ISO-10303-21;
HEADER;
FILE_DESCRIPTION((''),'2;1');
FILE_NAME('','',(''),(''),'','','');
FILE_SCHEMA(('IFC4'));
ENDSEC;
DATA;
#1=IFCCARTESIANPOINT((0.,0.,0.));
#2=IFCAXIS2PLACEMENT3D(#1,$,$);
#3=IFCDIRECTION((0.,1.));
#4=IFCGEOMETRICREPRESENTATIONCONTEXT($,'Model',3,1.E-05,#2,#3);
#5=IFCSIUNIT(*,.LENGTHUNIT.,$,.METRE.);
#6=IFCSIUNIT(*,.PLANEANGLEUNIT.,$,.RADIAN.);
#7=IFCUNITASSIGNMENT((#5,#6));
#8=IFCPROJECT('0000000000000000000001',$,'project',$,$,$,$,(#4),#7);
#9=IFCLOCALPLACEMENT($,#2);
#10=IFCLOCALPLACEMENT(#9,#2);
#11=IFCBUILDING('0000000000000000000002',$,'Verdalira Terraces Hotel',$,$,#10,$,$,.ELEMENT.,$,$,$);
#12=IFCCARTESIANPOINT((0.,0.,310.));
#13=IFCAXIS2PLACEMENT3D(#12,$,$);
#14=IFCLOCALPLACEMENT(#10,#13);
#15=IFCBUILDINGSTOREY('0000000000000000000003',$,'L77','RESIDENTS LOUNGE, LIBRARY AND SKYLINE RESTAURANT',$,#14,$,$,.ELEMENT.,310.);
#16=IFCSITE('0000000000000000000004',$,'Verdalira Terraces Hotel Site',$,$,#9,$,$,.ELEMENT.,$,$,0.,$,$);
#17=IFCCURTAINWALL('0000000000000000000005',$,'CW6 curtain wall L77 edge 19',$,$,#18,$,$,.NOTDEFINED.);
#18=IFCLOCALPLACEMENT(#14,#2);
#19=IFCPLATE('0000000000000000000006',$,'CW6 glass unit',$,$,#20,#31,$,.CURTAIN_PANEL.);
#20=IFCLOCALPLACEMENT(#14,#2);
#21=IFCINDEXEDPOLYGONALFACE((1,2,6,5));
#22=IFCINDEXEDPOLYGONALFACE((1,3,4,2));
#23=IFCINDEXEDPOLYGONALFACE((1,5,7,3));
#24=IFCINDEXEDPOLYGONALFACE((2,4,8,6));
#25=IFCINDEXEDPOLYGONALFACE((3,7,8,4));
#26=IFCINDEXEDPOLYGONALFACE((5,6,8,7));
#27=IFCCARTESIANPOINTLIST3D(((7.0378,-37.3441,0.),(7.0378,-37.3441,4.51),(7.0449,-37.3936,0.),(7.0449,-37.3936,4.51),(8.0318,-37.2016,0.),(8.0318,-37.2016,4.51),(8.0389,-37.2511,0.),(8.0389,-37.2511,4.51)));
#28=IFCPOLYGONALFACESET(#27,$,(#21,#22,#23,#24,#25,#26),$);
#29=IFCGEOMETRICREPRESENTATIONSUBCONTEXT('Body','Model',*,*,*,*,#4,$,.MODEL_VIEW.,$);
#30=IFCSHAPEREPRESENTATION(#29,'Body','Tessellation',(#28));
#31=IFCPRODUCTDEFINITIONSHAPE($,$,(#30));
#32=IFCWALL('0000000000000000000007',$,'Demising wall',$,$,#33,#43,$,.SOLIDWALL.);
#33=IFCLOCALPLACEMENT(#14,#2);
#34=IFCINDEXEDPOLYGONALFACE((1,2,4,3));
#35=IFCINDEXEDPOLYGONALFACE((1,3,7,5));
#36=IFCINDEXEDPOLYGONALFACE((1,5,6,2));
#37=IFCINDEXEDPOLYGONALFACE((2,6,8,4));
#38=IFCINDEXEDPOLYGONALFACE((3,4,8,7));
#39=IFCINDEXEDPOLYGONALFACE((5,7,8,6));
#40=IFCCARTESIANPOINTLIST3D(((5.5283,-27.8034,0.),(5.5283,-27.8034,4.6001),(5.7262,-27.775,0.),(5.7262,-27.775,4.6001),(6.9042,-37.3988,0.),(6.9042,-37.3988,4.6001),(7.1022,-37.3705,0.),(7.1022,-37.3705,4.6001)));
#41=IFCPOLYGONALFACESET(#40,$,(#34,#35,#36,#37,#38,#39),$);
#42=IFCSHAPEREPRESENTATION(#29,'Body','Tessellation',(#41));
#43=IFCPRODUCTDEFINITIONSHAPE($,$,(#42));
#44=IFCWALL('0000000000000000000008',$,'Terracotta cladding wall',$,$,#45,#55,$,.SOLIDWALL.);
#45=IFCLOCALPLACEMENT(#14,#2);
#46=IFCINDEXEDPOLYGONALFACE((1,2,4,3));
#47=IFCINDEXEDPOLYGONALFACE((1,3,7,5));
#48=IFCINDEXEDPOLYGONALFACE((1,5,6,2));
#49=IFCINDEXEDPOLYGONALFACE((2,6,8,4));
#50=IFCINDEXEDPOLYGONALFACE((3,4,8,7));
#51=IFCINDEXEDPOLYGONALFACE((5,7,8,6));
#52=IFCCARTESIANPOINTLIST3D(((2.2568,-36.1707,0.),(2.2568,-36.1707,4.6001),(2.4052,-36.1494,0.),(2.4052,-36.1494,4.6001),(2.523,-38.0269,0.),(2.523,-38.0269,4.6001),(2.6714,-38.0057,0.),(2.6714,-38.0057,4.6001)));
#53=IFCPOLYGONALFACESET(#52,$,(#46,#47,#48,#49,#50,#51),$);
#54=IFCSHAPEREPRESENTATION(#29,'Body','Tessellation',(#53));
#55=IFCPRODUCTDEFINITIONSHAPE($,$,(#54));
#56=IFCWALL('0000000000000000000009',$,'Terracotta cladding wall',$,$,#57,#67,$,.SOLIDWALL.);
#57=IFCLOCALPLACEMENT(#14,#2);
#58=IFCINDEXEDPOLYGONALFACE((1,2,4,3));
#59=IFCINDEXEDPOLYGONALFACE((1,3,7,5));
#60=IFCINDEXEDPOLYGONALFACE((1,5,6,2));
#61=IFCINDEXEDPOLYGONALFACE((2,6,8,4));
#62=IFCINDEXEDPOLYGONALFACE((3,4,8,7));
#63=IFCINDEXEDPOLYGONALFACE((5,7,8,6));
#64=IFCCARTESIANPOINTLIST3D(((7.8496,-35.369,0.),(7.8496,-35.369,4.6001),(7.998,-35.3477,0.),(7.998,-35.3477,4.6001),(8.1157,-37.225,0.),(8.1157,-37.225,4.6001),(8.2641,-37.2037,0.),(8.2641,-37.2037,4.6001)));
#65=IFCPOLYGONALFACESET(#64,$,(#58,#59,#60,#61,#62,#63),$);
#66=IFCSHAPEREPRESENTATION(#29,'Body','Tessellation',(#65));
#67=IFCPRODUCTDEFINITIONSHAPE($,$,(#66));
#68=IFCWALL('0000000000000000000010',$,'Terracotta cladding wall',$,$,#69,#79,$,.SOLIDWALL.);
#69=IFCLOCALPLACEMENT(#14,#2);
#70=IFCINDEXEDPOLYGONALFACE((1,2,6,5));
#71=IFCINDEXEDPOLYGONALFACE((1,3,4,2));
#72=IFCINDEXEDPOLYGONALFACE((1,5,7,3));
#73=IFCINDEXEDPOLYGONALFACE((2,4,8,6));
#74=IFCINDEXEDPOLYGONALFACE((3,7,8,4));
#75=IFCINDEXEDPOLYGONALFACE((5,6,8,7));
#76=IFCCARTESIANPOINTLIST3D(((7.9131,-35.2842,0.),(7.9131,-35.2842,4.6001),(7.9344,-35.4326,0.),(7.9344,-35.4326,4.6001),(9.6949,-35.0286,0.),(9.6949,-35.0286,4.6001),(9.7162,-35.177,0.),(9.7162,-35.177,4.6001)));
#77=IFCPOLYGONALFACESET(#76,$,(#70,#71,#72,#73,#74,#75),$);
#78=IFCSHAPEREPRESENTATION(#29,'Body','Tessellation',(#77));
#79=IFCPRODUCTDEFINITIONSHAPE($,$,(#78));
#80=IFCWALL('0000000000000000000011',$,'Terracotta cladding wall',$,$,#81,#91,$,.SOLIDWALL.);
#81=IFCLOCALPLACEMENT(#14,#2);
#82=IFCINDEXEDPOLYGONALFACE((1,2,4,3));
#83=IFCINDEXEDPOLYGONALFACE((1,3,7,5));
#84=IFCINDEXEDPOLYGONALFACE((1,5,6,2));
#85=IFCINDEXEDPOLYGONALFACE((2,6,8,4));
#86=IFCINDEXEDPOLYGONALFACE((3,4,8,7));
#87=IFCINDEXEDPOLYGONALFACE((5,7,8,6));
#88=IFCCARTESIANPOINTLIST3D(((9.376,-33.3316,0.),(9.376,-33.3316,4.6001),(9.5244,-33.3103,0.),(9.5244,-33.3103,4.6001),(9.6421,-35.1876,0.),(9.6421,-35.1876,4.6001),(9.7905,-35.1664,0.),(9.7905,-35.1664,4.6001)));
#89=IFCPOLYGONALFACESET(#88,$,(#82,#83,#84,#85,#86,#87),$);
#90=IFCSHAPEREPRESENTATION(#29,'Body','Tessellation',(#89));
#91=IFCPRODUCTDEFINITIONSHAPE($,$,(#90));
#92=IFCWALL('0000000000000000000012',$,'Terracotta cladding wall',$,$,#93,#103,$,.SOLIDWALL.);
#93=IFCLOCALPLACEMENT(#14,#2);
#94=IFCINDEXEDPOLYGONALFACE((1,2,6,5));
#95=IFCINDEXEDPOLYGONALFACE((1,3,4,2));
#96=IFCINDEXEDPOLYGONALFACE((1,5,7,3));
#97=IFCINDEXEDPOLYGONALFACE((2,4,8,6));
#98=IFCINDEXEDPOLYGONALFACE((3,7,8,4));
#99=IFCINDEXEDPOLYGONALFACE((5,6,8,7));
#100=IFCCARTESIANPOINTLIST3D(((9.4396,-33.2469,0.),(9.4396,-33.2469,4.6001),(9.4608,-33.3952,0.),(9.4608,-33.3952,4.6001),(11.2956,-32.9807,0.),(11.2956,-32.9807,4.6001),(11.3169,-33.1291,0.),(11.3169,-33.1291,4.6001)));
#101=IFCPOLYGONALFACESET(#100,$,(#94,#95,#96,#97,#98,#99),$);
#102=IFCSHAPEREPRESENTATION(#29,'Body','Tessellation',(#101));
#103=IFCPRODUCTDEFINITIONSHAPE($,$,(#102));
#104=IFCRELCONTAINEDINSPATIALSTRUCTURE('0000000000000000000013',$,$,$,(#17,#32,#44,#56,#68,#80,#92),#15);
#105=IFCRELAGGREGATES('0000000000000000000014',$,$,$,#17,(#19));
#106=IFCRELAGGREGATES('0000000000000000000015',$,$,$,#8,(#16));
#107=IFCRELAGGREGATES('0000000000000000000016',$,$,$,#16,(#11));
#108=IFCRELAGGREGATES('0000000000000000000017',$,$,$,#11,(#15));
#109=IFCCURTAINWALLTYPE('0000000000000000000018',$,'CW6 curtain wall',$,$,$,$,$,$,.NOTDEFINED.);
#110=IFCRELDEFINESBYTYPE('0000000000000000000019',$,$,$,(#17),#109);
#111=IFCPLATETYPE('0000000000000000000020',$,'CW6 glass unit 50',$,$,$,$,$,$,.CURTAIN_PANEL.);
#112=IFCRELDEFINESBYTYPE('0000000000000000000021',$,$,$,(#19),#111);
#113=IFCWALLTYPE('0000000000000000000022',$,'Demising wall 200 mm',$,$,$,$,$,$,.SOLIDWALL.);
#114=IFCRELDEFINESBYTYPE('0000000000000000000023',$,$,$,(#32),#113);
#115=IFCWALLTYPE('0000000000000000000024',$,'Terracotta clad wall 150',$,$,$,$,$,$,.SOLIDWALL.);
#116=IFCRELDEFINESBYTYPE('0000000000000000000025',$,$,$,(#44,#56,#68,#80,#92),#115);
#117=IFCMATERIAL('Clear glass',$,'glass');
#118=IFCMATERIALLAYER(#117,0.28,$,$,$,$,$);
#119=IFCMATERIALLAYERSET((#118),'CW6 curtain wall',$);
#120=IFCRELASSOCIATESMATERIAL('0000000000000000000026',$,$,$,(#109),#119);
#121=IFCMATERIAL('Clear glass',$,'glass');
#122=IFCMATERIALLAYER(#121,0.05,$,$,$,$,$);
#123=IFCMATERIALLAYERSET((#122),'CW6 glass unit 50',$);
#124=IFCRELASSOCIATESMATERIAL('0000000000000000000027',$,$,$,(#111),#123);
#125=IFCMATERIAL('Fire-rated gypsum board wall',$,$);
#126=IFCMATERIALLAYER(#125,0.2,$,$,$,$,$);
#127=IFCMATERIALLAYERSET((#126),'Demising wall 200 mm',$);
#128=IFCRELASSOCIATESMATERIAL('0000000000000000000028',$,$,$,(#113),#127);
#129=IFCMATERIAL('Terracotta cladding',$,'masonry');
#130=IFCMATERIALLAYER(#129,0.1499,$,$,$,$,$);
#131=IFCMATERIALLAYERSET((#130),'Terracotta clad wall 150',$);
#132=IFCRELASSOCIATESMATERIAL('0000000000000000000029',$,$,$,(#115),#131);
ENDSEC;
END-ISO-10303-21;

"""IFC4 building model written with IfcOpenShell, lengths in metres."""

from ifc_helpers import new_model, si_unit, direction, frame, frame_2d, origin, origin_2d, place, context, subcontext, project, spatial, rectangle, extrude, material, layer, layer_set, type_object, element, aggregate, save


model = new_model("IFC4")

# Units and contexts
model_context = context("Model", 3, precision=1e-05, world=origin(), true_north=direction((0.0, 1.0)))
body_context = subcontext(model_context, "Body", "Model", "MODEL_VIEW")
ifc_project = project(units=[si_unit("LENGTHUNIT", "METRE"), si_unit("PLANEANGLEUNIT", "RADIAN")], contexts=[model_context])

# Site, building, storey
site_placement = place(None, origin())
site = spatial("IfcSite", under=ifc_project, at=site_placement, Name="Verdalira Terraces Hotel Site", CompositionType="ELEMENT", RefElevation=0.0)
building_placement = place(site_placement, origin())
building = spatial("IfcBuilding", under=site, at=building_placement, Name="Verdalira Terraces Hotel", CompositionType="ELEMENT")
storey_placement = place(building_placement, frame((0.0, 0.0, 310.0)))
storey = spatial("IfcBuildingStorey", under=building, at=storey_placement, Name="L77", Description="RESIDENTS LOUNGE, LIBRARY AND SKYLINE RESTAURANT", CompositionType="ELEMENT", Elevation=310.0)

# Curtain wall
ifc_material_1 = material(Name="Clear glass", Category="glass")
ifc_layer_1 = layer(ifc_material_1, 0.28)
ifc_layer_set_1 = layer_set([ifc_layer_1], Name="CW6 curtain wall")
curtain_wall_type = type_object("IfcCurtainWallType", Name="CW6 curtain wall", PredefinedType="NOTDEFINED", material=ifc_layer_set_1)
curtain_wall_1_placement = place(storey_placement, origin())
curtain_wall_1 = element("IfcCurtainWall", 1, at=curtain_wall_1_placement, inside=storey, type_object=curtain_wall_type, Name="CW6 curtain wall L77 edge 19", PredefinedType="NOTDEFINED")

# Plate
ifc_material_2 = material(Name="Clear glass", Category="glass")
ifc_layer_2 = layer(ifc_material_2, 0.05)
ifc_layer_set_2 = layer_set([ifc_layer_2], Name="CW6 glass unit 50")
plate_type = type_object("IfcPlateType", Name="CW6 glass unit 50", PredefinedType="CURTAIN_PANEL", material=ifc_layer_set_2)
plate_1_placement = place(storey_placement, frame((7.5383, -37.2976, 0.0), z_axis=(0.0, 0.0, 1.0), x_axis=(0.989876, 0.141938, 0.0)))
plate_1 = element("IfcPlate", 2, at=plate_1_placement, type_object=plate_type, Name="CW6 glass unit", PredefinedType="CURTAIN_PANEL", context=body_context, shape_type="SweptSolid", body=[
    extrude(rectangle(XDim=1.0042, YDim=0.05, at=origin_2d()), origin(), (0.0, 0.0, 1.0), 4.51),
])
aggregate(curtain_wall_1, [plate_1])

# Walls
ifc_material_3 = material(Name="Fire-rated gypsum board wall")
ifc_layer_3 = layer(ifc_material_3, 0.2)
ifc_layer_set_3 = layer_set([ifc_layer_3], Name="Demising wall 200 mm")
wall_type_1 = type_object("IfcWallType", Name="Demising wall 200 mm", PredefinedType="SOLIDWALL", material=ifc_layer_set_3)
wall_1_placement = place(storey_placement, frame((7.0032, -37.3845, 0.0), z_axis=(0.0, 0.0, 1.0), x_axis=(-0.141947, 0.989874, 0.0)))
element("IfcWall", 3, at=wall_1_placement, inside=storey, type_object=wall_type_1, Name="Demising wall", PredefinedType="SOLIDWALL", context=body_context, shape_type="SweptSolid", body=[
    extrude(rectangle(XDim=9.6936, YDim=0.2, at=frame_2d((4.8467, 0.0))), origin(), (0.0, 0.0, 1.0), 4.6001),
])
ifc_material_4 = material(Name="Terracotta cladding", Category="masonry")
ifc_layer_4 = layer(ifc_material_4, 0.1499)
ifc_layer_set_4 = layer_set([ifc_layer_4], Name="Terracotta clad wall 150")
wall_type_2 = type_object("IfcWallType", Name="Terracotta clad wall 150", PredefinedType="SOLIDWALL", material=ifc_layer_set_4)
wall_2_placement = place(storey_placement, frame((2.3311, -36.1602, 0.0), z_axis=(0.0, 0.0, 1.0), x_axis=(0.141913, -0.989879, 0.0)))
element("IfcWall", 4, at=wall_2_placement, inside=storey, type_object=wall_type_2, Name="Terracotta cladding wall", PredefinedType="SOLIDWALL", context=body_context, shape_type="SweptSolid", body=[
    extrude(rectangle(XDim=1.8752, YDim=0.1499, at=frame_2d((0.9375, 0.0))), origin(), (0.0, 0.0, 1.0), 4.6001),
])
wall_3_placement = place(storey_placement, frame((8.1899, -37.2144, 0.0), z_axis=(0.0, 0.0, 1.0), x_axis=(-0.141932, 0.989876, 0.0)))
element("IfcWall", 5, at=wall_3_placement, inside=storey, type_object=wall_type_2, Name="Terracotta cladding wall", PredefinedType="SOLIDWALL", context=body_context, shape_type="SweptSolid", body=[
    extrude(rectangle(XDim=1.875, YDim=0.1499, at=frame_2d((0.9375, 0.0))), origin(), (0.0, 0.0, 1.0), 4.6001),
])
wall_4_placement = place(storey_placement, frame((7.9238, -35.3584, 0.0), z_axis=(0.0, 0.0, 1.0), x_axis=(0.989865, 0.14201, 0.0)))
element("IfcWall", 6, at=wall_4_placement, inside=storey, type_object=wall_type_2, Name="Terracotta cladding wall", PredefinedType="SOLIDWALL", context=body_context, shape_type="SweptSolid", body=[
    extrude(rectangle(XDim=1.8, YDim=0.1499, at=frame_2d((0.8999, 0.0))), origin(), (0.0, 0.0, 1.0), 4.6001),
])
for number, where, z_axis, x_axis, name in (
    (7, (9.7163, -35.177, 0.0), (0.0, 0.0, 1.0), (-0.141932, 0.989876, 0.0), "Terracotta cladding wall"),
    (8, (9.4502, -33.321, 0.0), (0.0, 0.0, 1.0), (0.989876, 0.141932, 0.0), "Terracotta cladding wall"),
):
    element("IfcWall", number, at=place(storey_placement, frame(where, z_axis=z_axis, x_axis=x_axis)), inside=storey, type_object=wall_type_2, Name=name, PredefinedType="SOLIDWALL", context=body_context, shape_type="SweptSolid", body=[
        extrude(rectangle(XDim=1.875, YDim=0.1499, at=frame_2d((0.9375, 0.0))), origin(), (0.0, 0.0, 1.0), 4.6001),
    ])

save(model, "model.ifc")
